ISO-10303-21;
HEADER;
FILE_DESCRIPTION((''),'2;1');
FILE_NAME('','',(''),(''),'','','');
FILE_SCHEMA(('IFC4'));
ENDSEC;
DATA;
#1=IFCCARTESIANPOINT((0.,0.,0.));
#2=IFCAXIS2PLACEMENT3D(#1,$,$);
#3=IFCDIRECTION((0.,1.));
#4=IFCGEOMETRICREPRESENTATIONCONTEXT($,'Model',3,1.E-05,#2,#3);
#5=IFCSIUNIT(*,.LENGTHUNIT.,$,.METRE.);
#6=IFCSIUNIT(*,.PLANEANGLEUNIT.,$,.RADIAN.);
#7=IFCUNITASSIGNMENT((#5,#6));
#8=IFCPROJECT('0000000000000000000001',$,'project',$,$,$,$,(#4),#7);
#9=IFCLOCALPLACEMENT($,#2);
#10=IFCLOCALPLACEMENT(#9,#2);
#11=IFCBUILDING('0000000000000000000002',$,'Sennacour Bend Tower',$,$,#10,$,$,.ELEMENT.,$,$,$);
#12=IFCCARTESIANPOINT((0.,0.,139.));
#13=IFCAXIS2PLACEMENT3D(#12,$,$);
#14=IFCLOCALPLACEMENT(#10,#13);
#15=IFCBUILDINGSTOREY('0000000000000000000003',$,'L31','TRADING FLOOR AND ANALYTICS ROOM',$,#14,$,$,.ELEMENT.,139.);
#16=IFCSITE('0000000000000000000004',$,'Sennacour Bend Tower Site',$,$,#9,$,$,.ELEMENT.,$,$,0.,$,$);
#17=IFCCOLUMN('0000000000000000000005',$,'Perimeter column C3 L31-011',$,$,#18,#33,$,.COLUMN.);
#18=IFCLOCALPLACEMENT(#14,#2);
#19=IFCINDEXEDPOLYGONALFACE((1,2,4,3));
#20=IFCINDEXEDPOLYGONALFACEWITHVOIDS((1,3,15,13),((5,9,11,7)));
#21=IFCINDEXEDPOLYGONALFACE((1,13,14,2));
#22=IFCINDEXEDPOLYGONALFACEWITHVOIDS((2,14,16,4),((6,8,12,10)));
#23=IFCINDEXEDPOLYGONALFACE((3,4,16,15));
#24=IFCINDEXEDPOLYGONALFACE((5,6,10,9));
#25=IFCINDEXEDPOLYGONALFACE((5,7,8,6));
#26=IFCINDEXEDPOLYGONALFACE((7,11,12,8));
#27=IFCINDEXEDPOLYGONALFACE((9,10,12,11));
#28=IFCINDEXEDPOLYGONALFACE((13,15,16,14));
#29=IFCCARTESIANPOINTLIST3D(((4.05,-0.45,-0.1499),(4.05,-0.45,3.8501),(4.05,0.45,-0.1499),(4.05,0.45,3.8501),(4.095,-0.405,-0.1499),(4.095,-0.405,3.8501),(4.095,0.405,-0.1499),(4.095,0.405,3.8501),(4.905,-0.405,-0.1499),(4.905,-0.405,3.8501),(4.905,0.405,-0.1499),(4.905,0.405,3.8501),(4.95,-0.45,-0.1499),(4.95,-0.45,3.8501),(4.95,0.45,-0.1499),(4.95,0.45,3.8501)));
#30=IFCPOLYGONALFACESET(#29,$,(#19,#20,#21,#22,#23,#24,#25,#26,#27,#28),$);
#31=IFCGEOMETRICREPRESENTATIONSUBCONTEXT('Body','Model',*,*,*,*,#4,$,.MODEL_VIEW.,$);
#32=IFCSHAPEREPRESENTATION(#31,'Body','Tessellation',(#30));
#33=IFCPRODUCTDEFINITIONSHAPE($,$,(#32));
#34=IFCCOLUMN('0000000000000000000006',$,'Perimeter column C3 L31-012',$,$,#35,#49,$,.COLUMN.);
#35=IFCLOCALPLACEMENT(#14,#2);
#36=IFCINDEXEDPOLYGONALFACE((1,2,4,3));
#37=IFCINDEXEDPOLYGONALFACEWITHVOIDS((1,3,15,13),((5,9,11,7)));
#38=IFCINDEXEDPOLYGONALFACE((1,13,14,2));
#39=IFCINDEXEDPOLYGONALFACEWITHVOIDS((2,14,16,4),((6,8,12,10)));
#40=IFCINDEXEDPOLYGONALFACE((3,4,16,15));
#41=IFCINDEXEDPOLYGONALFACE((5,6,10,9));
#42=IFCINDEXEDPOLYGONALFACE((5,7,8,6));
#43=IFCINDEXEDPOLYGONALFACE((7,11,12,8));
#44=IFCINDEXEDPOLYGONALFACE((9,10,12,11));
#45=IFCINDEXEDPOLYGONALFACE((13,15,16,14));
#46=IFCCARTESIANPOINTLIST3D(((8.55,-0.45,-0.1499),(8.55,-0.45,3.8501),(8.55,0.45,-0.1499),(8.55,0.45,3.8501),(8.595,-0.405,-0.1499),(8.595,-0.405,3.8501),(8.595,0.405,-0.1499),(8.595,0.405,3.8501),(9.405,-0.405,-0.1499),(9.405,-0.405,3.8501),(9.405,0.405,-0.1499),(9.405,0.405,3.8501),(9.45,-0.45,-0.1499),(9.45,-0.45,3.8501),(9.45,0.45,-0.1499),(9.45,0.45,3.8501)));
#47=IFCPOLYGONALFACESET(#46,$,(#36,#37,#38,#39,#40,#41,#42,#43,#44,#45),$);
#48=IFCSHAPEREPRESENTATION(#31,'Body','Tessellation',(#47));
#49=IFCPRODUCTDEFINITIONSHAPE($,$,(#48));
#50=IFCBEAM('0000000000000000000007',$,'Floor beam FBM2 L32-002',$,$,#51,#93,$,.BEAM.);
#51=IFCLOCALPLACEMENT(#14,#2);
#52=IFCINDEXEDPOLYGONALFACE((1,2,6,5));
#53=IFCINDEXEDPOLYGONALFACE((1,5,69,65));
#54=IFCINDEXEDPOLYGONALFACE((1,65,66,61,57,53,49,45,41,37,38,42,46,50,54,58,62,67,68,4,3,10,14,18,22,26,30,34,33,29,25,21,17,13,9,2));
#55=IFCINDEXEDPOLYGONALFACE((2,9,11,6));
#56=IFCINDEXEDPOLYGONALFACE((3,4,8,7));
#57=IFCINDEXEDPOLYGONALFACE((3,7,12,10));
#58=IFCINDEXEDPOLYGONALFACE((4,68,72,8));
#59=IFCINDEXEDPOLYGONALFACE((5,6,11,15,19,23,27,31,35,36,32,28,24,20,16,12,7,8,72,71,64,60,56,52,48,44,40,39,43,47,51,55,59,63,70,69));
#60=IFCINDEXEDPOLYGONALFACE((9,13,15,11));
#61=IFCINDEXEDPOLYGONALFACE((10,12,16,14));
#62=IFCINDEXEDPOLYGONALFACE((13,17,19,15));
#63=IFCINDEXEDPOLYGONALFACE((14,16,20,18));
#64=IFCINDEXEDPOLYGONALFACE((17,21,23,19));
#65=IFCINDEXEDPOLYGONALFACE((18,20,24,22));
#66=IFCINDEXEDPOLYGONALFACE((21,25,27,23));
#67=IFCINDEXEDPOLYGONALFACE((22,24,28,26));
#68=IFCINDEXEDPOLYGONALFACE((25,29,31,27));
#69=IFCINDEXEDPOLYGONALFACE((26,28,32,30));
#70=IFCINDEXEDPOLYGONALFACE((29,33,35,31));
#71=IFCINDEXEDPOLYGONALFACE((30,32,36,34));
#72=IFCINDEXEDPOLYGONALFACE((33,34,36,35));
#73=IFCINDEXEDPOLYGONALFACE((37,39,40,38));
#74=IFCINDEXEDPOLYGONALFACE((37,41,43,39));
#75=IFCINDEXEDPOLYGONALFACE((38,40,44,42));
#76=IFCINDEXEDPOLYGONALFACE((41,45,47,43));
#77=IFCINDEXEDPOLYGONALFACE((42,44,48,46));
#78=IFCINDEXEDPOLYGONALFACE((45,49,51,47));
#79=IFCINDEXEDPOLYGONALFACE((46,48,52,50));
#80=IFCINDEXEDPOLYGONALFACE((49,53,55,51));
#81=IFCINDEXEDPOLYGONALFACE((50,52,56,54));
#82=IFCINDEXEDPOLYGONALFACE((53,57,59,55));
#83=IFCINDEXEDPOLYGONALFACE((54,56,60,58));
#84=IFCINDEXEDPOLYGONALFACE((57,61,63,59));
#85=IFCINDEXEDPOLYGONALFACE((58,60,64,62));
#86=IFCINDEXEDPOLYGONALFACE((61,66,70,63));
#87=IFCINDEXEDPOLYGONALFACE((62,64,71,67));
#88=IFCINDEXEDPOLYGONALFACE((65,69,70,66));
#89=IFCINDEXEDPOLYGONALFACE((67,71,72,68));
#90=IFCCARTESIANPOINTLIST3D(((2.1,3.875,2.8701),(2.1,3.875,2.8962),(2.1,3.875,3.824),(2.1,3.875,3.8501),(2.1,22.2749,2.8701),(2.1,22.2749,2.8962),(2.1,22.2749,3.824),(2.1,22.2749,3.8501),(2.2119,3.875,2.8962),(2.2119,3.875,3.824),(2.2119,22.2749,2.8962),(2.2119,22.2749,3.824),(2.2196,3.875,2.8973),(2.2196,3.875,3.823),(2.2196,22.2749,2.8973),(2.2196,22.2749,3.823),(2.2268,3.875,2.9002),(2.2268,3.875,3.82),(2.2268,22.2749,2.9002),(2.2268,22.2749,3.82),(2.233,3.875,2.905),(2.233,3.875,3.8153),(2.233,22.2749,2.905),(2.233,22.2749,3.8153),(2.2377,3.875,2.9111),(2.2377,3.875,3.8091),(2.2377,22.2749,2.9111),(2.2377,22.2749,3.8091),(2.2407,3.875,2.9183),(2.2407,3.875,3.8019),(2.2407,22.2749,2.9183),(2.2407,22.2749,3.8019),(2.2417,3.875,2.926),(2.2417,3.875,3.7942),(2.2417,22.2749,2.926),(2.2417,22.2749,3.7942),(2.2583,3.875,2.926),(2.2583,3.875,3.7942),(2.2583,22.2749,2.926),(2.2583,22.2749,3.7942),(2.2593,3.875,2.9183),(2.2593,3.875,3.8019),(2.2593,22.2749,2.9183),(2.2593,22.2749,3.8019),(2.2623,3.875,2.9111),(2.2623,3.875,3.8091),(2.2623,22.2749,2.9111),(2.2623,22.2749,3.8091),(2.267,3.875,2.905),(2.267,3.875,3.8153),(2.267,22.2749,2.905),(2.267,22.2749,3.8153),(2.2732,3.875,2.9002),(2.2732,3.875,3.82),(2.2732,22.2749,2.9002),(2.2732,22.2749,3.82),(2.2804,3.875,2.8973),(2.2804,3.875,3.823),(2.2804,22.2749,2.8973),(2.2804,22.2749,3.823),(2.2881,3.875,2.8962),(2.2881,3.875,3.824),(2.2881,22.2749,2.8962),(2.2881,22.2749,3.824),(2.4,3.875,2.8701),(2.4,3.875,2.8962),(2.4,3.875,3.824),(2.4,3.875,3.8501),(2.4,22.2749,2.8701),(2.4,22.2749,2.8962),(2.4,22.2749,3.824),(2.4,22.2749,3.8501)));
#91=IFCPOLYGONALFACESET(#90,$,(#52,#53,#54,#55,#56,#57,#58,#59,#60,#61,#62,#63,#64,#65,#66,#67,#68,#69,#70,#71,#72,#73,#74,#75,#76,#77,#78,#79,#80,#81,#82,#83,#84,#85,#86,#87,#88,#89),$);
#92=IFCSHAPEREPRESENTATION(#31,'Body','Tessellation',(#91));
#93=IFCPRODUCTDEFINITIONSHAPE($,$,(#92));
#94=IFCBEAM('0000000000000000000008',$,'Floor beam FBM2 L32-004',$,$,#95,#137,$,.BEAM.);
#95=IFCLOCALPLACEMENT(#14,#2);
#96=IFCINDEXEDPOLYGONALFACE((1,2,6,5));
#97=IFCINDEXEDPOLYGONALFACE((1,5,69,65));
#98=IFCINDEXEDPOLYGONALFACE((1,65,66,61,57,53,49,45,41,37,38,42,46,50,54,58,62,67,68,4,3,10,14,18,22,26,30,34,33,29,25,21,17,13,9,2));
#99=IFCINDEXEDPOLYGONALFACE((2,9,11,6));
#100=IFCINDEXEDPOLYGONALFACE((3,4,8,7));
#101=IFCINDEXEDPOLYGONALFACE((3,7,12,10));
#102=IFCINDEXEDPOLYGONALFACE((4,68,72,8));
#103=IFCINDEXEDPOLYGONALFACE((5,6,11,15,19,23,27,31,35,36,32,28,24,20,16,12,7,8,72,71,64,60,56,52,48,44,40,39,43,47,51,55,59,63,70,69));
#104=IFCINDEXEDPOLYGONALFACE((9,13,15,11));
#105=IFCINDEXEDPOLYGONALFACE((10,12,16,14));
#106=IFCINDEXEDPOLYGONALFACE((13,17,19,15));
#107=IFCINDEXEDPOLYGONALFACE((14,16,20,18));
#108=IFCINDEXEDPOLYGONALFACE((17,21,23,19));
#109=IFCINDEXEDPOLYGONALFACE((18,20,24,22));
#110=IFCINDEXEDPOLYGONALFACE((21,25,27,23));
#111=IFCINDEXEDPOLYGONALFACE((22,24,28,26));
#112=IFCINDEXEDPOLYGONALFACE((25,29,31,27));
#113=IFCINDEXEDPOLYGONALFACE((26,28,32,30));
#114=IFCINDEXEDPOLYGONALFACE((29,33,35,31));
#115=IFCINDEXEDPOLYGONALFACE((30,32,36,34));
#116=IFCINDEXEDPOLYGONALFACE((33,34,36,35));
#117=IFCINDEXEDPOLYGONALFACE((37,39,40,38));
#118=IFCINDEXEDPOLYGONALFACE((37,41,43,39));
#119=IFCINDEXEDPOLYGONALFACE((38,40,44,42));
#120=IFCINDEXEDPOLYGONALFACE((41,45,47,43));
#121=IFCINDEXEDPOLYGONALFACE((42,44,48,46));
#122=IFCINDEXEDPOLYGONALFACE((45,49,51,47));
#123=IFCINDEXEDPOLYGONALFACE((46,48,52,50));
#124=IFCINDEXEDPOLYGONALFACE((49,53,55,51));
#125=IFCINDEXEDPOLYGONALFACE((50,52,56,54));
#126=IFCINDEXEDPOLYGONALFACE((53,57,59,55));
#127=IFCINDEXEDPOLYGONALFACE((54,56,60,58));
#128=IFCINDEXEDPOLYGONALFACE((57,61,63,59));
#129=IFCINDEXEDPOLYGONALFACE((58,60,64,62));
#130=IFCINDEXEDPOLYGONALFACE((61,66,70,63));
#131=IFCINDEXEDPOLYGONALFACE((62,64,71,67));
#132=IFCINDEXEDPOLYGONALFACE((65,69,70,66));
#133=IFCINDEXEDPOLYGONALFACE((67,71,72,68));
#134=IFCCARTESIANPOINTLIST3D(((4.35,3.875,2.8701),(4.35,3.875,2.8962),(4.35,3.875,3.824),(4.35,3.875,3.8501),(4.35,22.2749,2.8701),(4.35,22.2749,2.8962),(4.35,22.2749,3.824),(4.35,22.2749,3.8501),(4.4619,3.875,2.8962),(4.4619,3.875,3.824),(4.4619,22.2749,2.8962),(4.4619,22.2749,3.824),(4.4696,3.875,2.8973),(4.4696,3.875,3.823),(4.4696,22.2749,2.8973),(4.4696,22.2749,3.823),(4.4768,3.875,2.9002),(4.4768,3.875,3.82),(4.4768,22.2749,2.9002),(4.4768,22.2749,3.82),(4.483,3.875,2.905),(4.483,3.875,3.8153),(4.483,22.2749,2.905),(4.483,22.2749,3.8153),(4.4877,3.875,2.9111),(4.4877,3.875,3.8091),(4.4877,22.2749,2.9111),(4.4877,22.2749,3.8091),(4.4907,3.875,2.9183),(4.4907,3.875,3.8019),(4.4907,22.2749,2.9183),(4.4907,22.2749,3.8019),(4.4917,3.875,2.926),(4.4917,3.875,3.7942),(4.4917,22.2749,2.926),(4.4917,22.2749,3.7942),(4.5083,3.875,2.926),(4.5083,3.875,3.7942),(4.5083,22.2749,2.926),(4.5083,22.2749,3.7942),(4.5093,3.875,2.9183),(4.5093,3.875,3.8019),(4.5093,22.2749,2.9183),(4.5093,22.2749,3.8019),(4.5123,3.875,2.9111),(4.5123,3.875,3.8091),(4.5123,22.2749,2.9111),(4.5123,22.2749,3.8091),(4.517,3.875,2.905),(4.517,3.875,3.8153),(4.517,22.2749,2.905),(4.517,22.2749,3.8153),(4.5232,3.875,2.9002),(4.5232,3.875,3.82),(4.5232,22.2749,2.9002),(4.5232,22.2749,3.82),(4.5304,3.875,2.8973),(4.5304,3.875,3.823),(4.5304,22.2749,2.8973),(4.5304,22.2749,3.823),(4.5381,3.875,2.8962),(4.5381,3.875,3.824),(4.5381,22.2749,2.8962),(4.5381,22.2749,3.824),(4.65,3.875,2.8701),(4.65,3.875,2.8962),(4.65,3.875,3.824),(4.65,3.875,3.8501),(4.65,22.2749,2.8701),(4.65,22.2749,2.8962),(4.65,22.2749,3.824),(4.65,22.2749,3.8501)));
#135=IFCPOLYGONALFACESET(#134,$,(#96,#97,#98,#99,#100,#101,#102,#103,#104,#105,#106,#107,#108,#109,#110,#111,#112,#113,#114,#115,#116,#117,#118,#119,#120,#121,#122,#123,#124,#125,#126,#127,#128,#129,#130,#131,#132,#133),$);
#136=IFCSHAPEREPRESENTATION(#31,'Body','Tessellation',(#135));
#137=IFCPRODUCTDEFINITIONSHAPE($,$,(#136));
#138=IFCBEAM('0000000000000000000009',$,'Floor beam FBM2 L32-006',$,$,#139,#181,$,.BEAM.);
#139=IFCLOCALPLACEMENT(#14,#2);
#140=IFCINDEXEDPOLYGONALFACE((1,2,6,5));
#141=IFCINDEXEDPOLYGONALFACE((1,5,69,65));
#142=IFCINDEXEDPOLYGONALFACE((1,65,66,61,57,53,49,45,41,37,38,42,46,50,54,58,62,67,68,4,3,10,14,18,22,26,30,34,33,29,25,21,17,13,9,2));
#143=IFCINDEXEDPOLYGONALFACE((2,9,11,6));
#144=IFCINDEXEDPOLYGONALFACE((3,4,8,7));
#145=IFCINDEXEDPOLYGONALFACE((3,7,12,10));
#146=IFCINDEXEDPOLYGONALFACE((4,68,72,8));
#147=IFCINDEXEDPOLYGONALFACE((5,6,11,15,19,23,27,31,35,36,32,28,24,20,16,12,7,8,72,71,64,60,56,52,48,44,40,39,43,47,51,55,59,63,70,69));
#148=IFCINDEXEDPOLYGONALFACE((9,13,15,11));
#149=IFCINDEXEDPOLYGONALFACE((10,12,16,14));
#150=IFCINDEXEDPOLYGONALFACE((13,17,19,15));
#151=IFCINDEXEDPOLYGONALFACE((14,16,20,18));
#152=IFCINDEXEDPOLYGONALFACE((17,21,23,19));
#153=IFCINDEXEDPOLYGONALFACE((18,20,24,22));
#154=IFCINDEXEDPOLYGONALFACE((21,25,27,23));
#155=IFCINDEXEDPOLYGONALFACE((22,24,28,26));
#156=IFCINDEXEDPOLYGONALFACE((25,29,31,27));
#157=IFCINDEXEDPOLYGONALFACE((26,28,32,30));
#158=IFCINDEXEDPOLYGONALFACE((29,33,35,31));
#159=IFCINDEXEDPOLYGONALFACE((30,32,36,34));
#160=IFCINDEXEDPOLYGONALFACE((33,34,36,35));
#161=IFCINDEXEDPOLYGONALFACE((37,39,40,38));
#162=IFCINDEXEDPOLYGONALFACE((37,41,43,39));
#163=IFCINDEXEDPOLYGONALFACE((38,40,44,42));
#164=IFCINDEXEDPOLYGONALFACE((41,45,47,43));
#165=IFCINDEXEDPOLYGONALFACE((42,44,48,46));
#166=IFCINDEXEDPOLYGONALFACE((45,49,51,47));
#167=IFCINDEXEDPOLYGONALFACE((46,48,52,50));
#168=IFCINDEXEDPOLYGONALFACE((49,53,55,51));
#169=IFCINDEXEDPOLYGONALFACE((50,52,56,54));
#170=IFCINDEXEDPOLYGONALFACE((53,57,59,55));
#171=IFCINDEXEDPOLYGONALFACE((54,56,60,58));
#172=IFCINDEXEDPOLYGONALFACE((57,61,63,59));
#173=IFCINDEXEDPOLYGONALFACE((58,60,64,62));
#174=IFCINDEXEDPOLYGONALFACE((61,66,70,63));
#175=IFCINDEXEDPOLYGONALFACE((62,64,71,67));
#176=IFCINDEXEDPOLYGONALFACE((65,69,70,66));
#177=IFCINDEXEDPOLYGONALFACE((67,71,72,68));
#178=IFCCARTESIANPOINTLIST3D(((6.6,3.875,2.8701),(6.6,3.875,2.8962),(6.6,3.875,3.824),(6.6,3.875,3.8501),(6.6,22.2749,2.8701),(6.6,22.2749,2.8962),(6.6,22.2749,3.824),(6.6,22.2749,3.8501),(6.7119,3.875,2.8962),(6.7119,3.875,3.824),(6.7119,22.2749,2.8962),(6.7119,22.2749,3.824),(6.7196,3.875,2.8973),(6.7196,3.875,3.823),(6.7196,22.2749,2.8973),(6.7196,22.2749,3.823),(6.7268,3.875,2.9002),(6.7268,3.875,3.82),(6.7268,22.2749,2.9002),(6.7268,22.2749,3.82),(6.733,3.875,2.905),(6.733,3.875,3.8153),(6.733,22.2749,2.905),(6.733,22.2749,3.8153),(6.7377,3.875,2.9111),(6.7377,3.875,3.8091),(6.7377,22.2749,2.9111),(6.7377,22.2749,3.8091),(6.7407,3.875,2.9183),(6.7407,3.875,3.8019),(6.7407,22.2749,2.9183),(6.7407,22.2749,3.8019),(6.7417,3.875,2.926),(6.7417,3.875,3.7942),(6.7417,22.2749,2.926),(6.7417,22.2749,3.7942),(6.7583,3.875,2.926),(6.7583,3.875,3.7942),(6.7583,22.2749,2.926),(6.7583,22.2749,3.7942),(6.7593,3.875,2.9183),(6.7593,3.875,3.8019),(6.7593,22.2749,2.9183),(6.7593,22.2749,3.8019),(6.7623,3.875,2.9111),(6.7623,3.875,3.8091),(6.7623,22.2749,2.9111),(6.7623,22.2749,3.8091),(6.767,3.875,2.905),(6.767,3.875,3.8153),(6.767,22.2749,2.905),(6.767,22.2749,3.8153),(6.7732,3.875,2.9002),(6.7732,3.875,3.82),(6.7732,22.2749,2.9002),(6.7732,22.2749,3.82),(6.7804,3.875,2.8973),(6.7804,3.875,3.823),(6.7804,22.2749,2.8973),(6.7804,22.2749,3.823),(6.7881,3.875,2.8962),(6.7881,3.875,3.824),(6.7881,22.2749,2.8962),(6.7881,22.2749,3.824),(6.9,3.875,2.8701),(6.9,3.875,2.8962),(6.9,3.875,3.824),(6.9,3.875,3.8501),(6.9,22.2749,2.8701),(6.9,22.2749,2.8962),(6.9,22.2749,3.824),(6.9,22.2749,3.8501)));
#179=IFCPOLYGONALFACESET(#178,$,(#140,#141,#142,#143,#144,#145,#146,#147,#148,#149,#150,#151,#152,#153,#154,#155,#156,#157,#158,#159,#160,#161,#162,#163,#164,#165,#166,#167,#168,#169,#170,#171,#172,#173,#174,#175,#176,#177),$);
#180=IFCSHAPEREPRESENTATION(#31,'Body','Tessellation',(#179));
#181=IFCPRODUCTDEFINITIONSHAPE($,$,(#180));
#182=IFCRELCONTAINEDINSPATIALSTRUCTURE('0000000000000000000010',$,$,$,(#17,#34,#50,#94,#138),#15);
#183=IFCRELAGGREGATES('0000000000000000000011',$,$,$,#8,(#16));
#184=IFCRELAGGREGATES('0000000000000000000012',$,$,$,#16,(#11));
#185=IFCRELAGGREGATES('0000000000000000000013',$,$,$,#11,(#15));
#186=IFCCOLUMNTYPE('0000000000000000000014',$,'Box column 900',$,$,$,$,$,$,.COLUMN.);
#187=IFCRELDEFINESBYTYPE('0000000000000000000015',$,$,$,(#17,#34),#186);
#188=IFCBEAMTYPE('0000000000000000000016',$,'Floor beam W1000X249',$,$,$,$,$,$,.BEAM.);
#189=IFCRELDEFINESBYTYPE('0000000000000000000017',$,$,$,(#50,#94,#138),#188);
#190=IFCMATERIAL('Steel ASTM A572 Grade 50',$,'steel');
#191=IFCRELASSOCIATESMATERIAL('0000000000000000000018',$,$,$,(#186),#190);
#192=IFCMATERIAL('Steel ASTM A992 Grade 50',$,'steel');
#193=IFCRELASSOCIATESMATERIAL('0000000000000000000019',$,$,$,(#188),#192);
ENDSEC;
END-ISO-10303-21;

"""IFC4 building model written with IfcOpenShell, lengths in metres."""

from ifc_helpers import new_model, si_unit, direction, frame, origin, origin_2d, place, context, subcontext, project, spatial, hollow_rectangle, i_section, extrude, material, material_profile, profile_set, type_object, element, save


model = new_model("IFC4")

# Units and contexts
model_context = context("Model", 3, precision=1e-05, world=origin(), true_north=direction((0.0, 1.0)))
body_context = subcontext(model_context, "Body", "Model", "MODEL_VIEW")
ifc_project = project(units=[si_unit("LENGTHUNIT", "METRE"), si_unit("PLANEANGLEUNIT", "RADIAN")], contexts=[model_context])

# Site, building, storey
site_placement = place(None, origin())
site = spatial("IfcSite", under=ifc_project, at=site_placement, Name="Sennacour Bend Tower Site", CompositionType="ELEMENT", RefElevation=0.0)
building_placement = place(site_placement, origin())
building = spatial("IfcBuilding", under=site, at=building_placement, Name="Sennacour Bend Tower", CompositionType="ELEMENT")
storey_placement = place(building_placement, frame((0.0, 0.0, 139.0)))
storey = spatial("IfcBuildingStorey", under=building, at=storey_placement, Name="L31", Description="TRADING FLOOR AND ANALYTICS ROOM", CompositionType="ELEMENT", Elevation=139.0)

# Columns
ifc_material_1 = material(Name="Steel ASTM A572 Grade 50", Category="steel")
ifc_material_profile_1 = material_profile(ifc_material_1, hollow_rectangle(XDim=0.8999, YDim=0.8999, WallThickness=0.0449, at=origin_2d()), Name="Steel ASTM A572 Grade 50", Category="steel")
ifc_profile_set_1 = profile_set([ifc_material_profile_1], Name="Steel ASTM A572 Grade 50")
column_type = type_object("IfcColumnType", Name="Box column 900", PredefinedType="COLUMN", material=ifc_profile_set_1)
for number, where, z_axis, x_axis, name in (
    (1, (4.5, 0.0, -0.1499), (0.0, 0.0, 1.0), (1.0, 0.0, 0.0), "Perimeter column C3 L31-011"),
    (2, (9.0, 0.0, -0.1499), (0.0, 0.0, 1.0), (1.0, 0.0, 0.0), "Perimeter column C3 L31-012"),
):
    element("IfcColumn", number, at=place(storey_placement, frame(where, z_axis=z_axis, x_axis=x_axis)), inside=storey, type_object=column_type, Name=name, PredefinedType="COLUMN", context=body_context, shape_type="SweptSolid", body=[
        extrude(hollow_rectangle(XDim=0.8999, YDim=0.8999, WallThickness=0.0449, at=origin_2d()), origin(), (0.0, 0.0, 1.0), 4.0),
    ])

# Beams
ifc_material_2 = material(Name="Steel ASTM A992 Grade 50", Category="steel")
ifc_material_profile_2 = material_profile(ifc_material_2, i_section(OverallWidth=0.3, OverallDepth=0.98, WebThickness=0.0166, FlangeThickness=0.0261, FilletRadius=0.0298, at=origin_2d()), Name="Steel ASTM A992 Grade 50", Category="steel")
ifc_profile_set_2 = profile_set([ifc_material_profile_2], Name="Steel ASTM A992 Grade 50")
beam_type_1 = type_object("IfcBeamType", Name="Floor beam W1000X249", PredefinedType="BEAM", material=ifc_profile_set_2)
for number, where, z_axis, x_axis, name in (
    (3, (2.25, 3.875, 3.3601), (0.0, 1.0, 0.0), (-1.0, 0.0, 0.0), "Floor beam FBM2 L32-002"),
    (4, (4.5, 3.875, 3.3601), (0.0, 1.0, 0.0), (-1.0, 0.0, 0.0), "Floor beam FBM2 L32-004"),
    (5, (6.75, 3.875, 3.3601), (0.0, 1.0, 0.0), (-1.0, 0.0, 0.0), "Floor beam FBM2 L32-006"),
):
    element("IfcBeam", number, at=place(storey_placement, frame(where, z_axis=z_axis, x_axis=x_axis)), inside=storey, type_object=beam_type_1, Name=name, PredefinedType="BEAM", context=body_context, shape_type="SweptSolid", body=[
        extrude(i_section(OverallWidth=0.3, OverallDepth=0.98, WebThickness=0.0166, FlangeThickness=0.0261, FilletRadius=0.0298, at=origin_2d()), origin(), (0.0, 0.0, 1.0), 18.3999),
    ])

save(model, "model.ifc")
